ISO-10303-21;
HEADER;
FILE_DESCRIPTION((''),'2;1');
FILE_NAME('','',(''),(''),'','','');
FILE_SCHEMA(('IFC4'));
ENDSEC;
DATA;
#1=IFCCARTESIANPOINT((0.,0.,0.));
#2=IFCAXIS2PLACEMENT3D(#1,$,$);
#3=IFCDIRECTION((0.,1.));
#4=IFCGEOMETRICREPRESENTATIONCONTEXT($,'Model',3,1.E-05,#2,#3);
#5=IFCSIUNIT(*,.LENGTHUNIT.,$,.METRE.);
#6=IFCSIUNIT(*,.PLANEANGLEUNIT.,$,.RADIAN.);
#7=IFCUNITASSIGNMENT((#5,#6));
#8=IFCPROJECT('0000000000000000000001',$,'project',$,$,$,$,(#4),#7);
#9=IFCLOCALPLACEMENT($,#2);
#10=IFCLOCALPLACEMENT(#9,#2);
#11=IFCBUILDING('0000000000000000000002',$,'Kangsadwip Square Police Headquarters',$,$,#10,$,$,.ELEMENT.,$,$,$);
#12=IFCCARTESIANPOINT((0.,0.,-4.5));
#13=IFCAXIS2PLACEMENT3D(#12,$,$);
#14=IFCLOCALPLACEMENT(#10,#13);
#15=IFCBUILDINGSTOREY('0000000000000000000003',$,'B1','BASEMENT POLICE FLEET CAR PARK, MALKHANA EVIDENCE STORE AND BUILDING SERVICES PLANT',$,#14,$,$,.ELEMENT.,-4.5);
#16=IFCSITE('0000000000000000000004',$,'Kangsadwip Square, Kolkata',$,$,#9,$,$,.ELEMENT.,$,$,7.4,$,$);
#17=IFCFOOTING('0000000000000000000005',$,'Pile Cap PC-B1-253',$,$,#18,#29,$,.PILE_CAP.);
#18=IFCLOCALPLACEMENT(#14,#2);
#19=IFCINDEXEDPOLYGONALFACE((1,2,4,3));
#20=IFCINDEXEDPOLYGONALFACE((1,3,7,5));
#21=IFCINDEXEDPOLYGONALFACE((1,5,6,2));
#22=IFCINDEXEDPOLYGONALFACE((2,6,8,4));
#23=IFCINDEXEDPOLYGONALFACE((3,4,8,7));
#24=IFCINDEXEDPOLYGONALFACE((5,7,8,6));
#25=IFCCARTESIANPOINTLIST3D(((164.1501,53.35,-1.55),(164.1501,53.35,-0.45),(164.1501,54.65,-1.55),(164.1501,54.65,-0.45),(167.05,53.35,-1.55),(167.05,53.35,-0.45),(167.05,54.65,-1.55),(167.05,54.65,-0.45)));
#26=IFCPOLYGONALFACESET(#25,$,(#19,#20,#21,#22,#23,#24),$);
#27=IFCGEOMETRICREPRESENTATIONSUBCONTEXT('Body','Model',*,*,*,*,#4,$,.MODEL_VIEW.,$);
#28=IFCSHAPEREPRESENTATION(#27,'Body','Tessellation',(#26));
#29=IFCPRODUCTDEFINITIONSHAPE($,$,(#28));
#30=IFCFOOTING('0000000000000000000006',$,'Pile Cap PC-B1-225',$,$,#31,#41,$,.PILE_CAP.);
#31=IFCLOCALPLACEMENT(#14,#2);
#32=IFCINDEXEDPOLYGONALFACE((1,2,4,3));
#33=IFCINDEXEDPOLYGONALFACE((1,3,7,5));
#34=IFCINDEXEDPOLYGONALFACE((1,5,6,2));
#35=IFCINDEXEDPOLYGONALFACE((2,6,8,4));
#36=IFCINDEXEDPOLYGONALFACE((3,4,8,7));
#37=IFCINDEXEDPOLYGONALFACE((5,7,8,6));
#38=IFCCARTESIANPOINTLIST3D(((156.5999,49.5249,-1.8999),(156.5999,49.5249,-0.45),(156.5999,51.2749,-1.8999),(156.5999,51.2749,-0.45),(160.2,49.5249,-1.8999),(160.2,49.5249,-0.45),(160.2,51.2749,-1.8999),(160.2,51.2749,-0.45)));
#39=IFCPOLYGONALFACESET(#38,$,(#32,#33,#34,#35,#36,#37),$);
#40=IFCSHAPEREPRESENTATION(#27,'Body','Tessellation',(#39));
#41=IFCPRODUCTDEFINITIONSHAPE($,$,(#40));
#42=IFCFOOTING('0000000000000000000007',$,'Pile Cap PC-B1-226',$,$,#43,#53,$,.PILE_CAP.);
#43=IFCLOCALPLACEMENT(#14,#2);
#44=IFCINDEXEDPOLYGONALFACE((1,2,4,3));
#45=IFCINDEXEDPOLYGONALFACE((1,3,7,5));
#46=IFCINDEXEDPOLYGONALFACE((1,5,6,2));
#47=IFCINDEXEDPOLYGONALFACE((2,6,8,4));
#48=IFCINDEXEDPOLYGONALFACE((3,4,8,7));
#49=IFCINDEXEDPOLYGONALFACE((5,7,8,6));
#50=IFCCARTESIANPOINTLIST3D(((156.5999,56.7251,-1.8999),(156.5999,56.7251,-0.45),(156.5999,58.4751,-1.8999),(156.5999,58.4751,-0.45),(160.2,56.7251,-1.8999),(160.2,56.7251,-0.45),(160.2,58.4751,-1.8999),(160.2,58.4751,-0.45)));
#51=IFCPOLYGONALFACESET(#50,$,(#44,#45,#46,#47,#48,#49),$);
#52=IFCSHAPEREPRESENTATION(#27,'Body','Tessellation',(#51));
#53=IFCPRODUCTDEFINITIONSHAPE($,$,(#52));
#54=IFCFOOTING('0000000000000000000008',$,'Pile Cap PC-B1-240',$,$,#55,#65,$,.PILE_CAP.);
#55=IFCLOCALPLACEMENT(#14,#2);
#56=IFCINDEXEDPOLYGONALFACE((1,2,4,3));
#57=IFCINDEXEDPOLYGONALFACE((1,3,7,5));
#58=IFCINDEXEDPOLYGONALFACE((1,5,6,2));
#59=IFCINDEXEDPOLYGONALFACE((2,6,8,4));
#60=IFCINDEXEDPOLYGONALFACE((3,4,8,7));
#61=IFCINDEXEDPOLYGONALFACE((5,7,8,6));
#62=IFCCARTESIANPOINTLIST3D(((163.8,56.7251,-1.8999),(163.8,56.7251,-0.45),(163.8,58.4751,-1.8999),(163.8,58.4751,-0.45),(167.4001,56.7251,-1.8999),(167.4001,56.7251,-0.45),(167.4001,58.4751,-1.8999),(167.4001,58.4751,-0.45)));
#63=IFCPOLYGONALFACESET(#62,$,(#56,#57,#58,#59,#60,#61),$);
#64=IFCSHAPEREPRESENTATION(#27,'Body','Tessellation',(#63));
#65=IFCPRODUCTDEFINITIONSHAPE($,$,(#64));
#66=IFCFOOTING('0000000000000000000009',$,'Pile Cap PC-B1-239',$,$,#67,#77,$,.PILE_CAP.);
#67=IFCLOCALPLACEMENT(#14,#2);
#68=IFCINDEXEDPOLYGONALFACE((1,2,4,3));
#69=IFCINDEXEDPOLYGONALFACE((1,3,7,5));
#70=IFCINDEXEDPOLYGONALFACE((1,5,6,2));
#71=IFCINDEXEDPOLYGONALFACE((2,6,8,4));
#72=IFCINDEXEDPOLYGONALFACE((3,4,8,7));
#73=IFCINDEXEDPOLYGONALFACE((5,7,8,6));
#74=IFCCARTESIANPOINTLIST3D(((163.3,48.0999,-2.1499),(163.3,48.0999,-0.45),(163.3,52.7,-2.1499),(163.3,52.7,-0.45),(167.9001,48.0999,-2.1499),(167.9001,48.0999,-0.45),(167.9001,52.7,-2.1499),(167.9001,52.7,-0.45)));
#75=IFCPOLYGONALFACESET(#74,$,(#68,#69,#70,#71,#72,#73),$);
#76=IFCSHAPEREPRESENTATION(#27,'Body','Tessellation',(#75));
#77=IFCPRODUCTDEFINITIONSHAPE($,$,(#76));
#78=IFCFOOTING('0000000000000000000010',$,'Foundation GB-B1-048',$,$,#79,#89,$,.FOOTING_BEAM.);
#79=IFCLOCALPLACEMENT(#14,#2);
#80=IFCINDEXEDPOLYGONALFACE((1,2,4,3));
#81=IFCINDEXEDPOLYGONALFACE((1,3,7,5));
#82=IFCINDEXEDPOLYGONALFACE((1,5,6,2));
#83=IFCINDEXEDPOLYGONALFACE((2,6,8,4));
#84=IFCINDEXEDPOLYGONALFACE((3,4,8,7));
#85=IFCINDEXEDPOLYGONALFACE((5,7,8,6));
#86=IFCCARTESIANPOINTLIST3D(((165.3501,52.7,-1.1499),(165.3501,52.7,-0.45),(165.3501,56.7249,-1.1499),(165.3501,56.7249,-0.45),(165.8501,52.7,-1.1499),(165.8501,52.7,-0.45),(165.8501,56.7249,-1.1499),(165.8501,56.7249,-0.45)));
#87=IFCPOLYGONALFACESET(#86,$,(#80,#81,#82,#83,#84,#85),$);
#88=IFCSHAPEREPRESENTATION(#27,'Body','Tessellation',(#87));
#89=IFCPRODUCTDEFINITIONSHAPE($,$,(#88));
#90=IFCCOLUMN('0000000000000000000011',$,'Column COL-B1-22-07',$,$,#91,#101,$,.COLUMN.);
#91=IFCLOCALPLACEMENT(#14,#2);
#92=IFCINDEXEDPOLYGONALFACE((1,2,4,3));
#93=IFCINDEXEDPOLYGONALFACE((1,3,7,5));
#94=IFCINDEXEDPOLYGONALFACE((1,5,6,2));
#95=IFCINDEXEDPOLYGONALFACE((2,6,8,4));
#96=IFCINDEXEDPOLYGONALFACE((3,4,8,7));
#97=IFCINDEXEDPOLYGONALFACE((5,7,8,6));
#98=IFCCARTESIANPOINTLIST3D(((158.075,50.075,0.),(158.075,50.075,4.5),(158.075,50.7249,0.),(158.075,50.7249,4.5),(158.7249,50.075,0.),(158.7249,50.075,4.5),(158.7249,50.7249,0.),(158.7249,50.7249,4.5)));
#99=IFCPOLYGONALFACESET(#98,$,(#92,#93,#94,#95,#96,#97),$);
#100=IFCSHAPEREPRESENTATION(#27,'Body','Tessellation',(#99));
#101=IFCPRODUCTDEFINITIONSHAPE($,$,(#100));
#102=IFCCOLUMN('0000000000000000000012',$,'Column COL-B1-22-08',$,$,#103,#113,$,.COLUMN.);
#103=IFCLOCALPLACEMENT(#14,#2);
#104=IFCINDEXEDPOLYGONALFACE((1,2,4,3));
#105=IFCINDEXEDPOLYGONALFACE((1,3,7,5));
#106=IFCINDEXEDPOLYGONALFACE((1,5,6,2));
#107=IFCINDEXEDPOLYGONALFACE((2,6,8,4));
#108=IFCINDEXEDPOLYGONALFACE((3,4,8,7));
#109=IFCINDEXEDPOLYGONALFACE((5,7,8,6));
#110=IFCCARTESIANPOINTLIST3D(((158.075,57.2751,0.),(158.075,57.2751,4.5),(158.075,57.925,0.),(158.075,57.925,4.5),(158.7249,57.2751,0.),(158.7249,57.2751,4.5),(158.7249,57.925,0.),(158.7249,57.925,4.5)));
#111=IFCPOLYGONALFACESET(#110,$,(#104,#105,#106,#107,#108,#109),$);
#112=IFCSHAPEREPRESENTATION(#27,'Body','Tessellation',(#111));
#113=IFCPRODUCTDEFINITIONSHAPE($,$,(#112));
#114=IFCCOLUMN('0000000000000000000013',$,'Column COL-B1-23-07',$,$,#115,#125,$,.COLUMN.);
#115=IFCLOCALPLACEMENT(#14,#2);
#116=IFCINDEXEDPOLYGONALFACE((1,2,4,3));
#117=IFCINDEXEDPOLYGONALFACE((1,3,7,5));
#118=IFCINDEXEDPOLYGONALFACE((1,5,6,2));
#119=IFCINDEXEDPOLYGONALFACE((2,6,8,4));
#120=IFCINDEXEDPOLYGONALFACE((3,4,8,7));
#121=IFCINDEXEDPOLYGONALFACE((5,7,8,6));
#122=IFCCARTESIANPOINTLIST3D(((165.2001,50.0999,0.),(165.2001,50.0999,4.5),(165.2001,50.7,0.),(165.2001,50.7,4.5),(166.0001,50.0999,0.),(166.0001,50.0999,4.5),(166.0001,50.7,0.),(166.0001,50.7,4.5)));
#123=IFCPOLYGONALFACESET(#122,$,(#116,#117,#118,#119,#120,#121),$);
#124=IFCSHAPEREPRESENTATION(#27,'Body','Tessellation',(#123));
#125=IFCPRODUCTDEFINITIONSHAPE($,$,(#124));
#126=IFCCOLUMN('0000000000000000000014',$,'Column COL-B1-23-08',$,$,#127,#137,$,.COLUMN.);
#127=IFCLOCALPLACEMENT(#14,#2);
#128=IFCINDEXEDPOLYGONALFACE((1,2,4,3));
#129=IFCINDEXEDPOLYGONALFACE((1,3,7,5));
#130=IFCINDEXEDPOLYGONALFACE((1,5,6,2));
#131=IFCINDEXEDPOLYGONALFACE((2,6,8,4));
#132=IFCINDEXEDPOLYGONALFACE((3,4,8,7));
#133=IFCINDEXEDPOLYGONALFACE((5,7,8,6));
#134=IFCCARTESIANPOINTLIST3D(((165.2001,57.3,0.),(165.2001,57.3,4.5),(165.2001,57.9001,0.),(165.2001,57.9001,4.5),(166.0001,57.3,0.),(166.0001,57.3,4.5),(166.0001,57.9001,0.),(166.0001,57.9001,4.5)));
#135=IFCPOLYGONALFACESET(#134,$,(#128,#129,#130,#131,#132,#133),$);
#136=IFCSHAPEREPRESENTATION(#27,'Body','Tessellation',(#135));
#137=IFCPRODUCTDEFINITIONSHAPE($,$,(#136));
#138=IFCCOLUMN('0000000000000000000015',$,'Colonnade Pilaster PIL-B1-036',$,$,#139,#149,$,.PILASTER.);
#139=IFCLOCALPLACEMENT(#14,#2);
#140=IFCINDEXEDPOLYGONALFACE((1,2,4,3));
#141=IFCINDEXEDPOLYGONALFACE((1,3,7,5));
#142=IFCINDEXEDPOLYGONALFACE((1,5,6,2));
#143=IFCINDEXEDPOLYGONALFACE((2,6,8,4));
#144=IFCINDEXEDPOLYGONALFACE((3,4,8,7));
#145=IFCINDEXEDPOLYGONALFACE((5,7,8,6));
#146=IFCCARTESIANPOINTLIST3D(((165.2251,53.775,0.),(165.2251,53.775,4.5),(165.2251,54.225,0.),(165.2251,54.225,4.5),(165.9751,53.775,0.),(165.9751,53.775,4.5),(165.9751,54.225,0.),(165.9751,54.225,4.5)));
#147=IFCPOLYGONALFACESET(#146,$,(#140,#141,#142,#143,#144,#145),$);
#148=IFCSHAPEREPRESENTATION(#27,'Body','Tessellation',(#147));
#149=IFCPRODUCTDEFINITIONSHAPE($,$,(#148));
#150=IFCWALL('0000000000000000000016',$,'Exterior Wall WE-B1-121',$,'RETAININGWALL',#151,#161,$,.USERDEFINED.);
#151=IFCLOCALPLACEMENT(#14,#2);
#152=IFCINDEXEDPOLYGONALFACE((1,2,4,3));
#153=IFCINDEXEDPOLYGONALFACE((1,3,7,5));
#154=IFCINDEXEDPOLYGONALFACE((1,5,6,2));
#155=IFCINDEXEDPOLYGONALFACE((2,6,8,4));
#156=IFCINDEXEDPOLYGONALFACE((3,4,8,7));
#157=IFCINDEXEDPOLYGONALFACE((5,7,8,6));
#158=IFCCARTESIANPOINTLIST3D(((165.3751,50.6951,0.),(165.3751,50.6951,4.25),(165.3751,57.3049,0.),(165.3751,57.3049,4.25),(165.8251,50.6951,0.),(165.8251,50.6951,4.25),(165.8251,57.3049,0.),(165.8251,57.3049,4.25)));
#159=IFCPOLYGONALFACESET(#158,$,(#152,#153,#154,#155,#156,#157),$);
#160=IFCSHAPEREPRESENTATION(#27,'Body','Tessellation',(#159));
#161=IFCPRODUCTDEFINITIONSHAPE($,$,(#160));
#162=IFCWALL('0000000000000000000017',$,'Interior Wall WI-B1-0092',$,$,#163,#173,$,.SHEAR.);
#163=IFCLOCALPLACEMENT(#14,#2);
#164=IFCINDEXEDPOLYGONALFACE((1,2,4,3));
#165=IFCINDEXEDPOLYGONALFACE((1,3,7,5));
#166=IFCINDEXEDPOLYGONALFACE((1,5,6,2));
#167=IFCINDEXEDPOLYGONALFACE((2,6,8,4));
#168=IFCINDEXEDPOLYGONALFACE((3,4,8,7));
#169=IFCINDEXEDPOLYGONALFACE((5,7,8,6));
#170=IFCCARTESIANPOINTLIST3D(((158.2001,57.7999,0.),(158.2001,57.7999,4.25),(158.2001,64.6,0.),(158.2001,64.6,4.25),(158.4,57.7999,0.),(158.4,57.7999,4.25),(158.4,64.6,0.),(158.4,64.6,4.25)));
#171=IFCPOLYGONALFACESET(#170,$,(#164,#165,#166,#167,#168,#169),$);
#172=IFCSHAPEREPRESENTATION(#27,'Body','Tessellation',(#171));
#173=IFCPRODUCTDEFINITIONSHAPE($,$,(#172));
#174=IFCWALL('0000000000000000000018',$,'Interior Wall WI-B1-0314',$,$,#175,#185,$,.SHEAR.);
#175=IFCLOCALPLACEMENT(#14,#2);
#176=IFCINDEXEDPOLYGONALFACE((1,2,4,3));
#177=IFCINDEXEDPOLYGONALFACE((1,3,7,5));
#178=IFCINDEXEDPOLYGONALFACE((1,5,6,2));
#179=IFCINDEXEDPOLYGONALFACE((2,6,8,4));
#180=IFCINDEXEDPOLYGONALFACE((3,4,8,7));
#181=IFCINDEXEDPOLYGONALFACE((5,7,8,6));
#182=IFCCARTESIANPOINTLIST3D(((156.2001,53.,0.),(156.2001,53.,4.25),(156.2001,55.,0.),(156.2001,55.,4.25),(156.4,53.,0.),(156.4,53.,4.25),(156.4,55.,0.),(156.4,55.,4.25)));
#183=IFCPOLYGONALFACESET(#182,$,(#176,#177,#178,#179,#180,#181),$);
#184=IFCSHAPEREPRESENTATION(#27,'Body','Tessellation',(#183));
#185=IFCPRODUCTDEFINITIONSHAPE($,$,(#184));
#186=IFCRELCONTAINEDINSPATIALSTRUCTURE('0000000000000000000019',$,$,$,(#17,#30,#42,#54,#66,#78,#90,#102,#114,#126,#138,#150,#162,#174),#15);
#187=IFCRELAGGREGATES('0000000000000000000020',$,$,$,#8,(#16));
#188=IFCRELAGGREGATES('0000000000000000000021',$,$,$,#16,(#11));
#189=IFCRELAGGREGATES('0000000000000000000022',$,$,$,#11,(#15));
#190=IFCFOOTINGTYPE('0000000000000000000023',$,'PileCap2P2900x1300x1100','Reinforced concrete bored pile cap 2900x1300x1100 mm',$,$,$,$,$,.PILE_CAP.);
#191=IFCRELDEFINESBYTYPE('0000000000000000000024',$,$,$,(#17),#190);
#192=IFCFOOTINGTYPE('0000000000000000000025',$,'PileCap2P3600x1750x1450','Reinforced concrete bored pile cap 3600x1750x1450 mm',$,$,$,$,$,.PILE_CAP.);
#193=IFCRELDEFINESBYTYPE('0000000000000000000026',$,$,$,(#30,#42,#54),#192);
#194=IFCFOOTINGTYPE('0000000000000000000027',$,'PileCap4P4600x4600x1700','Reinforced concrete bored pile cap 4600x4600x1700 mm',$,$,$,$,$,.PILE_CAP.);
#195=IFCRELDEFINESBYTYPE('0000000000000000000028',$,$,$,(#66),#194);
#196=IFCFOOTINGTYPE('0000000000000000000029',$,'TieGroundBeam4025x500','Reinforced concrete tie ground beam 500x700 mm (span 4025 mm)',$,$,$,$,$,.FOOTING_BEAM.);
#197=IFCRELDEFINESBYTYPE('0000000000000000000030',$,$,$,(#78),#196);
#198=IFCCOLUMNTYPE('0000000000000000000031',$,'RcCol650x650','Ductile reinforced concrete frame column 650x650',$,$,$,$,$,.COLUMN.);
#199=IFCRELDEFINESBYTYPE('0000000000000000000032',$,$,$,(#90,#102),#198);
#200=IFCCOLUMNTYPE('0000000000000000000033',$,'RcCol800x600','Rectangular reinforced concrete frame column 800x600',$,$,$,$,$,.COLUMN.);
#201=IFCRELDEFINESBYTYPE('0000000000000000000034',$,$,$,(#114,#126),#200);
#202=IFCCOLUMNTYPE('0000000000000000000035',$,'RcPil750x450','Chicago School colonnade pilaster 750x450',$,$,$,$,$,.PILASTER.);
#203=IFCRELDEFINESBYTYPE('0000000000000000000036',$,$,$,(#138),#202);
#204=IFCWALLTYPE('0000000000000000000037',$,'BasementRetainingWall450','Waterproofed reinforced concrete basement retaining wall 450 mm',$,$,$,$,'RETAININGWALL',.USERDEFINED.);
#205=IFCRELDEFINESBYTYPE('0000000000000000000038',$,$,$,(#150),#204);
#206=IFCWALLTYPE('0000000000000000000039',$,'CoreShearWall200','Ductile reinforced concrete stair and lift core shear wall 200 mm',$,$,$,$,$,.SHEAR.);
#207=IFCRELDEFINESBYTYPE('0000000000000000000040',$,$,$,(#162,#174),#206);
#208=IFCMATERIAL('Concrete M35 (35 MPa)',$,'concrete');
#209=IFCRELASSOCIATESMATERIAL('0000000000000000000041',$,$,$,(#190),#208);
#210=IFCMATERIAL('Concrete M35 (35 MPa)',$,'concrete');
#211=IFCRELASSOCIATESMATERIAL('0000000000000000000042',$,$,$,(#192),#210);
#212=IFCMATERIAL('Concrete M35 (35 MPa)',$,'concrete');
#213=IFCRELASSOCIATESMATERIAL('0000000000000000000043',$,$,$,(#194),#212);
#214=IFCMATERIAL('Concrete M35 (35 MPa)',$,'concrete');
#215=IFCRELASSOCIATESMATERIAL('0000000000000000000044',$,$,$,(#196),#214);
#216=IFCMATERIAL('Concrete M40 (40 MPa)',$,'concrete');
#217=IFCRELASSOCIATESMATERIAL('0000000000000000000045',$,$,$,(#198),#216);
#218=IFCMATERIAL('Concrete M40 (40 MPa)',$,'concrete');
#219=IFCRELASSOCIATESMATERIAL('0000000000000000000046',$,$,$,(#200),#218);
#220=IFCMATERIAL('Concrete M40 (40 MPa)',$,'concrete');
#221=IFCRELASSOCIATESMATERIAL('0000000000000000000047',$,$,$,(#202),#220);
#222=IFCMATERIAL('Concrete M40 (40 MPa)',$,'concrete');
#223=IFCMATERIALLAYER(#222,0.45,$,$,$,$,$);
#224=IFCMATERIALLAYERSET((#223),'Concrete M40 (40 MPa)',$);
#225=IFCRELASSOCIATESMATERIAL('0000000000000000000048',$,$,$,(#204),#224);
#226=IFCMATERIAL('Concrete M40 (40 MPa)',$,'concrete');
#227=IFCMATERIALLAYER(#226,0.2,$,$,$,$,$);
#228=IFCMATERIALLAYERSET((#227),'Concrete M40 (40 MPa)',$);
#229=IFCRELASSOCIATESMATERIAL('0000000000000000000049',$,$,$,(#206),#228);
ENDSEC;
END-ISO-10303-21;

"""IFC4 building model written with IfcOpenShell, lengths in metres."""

from ifc_helpers import new_model, si_unit, direction, frame, frame_2d, origin, origin_2d, place, context, subcontext, project, spatial, rectangle, extrude, material, layer, layer_set, material_profile, profile_set, type_object, element, save


model = new_model("IFC4")

# Units and contexts
model_context = context("Model", 3, precision=1e-05, world=origin(), true_north=direction((0.0, 1.0)))
body_context = subcontext(model_context, "Body", "Model", "MODEL_VIEW")
ifc_project = project(units=[si_unit("LENGTHUNIT", "METRE"), si_unit("PLANEANGLEUNIT", "RADIAN")], contexts=[model_context])

# Site, building, storey
site_placement = place(None, origin())
site = spatial("IfcSite", under=ifc_project, at=site_placement, Name="Kangsadwip Square, Kolkata", CompositionType="ELEMENT", RefElevation=7.4)
building_placement = place(site_placement, origin())
building = spatial("IfcBuilding", under=site, at=building_placement, Name="Kangsadwip Square Police Headquarters", CompositionType="ELEMENT")
storey_placement = place(building_placement, frame((0.0, 0.0, -4.5)))
storey = spatial("IfcBuildingStorey", under=building, at=storey_placement, Name="B1", Description="BASEMENT POLICE FLEET CAR PARK, MALKHANA EVIDENCE STORE AND BUILDING SERVICES PLANT", CompositionType="ELEMENT", Elevation=-4.5)

# Footings
ifc_material_1 = material(Name="Concrete M35 (35 MPa)", Category="concrete")
footing_type_1 = type_object("IfcFootingType", Name="PileCap2P2900x1300x1100", Description="Reinforced concrete bored pile cap 2900x1300x1100 mm", PredefinedType="PILE_CAP", material=ifc_material_1)
footing_1_placement = place(storey_placement, frame((165.6001, 54.0, -1.55), z_axis=(0.0, 0.0, 1.0), x_axis=(1.0, 0.0, 0.0)))
element("IfcFooting", 1, at=footing_1_placement, inside=storey, type_object=footing_type_1, Name="Pile Cap PC-B1-253", PredefinedType="PILE_CAP", context=body_context, shape_type="SweptSolid", body=[
    extrude(rectangle(XDim=2.8999, YDim=1.3, at=origin_2d()), origin(), (0.0, 0.0, 1.0), 1.1001),
])
ifc_material_2 = material(Name="Concrete M35 (35 MPa)", Category="concrete")
footing_type_2 = type_object("IfcFootingType", Name="PileCap2P3600x1750x1450", Description="Reinforced concrete bored pile cap 3600x1750x1450 mm", PredefinedType="PILE_CAP", material=ifc_material_2)
for number, where, z_axis, x_axis, name in (
    (2, (158.3999, 50.3999, -1.8999), (0.0, 0.0, 1.0), (1.0, 0.0, 0.0), "Pile Cap PC-B1-225"),
    (3, (158.3999, 57.6001, -1.8999), (0.0, 0.0, 1.0), (1.0, 0.0, 0.0), "Pile Cap PC-B1-226"),
    (4, (165.6001, 57.6001, -1.8999), (0.0, 0.0, 1.0), (1.0, 0.0, 0.0), "Pile Cap PC-B1-240"),
):
    element("IfcFooting", number, at=place(storey_placement, frame(where, z_axis=z_axis, x_axis=x_axis)), inside=storey, type_object=footing_type_2, Name=name, PredefinedType="PILE_CAP", context=body_context, shape_type="SweptSolid", body=[
        extrude(rectangle(XDim=3.6001, YDim=1.75, at=origin_2d()), origin(), (0.0, 0.0, 1.0), 1.45),
    ])
ifc_material_3 = material(Name="Concrete M35 (35 MPa)", Category="concrete")
footing_type_3 = type_object("IfcFootingType", Name="PileCap4P4600x4600x1700", Description="Reinforced concrete bored pile cap 4600x4600x1700 mm", PredefinedType="PILE_CAP", material=ifc_material_3)
footing_2_placement = place(storey_placement, frame((165.6001, 50.3999, -2.1499), z_axis=(0.0, 0.0, 1.0), x_axis=(1.0, 0.0, 0.0)))
element("IfcFooting", 5, at=footing_2_placement, inside=storey, type_object=footing_type_3, Name="Pile Cap PC-B1-239", PredefinedType="PILE_CAP", context=body_context, shape_type="SweptSolid", body=[
    extrude(rectangle(XDim=4.6001, YDim=4.6001, at=origin_2d()), origin(), (0.0, 0.0, 1.0), 1.7),
])
ifc_material_4 = material(Name="Concrete M35 (35 MPa)", Category="concrete")
footing_type_4 = type_object("IfcFootingType", Name="TieGroundBeam4025x500", Description="Reinforced concrete tie ground beam 500x700 mm (span 4025 mm)", PredefinedType="FOOTING_BEAM", material=ifc_material_4)
footing_3_placement = place(storey_placement, frame((165.6001, 54.7124, -1.1499), z_axis=(0.0, 0.0, 1.0), x_axis=(0.0, 1.0, 0.0)))
element("IfcFooting", 6, at=footing_3_placement, inside=storey, type_object=footing_type_4, Name="Foundation GB-B1-048", PredefinedType="FOOTING_BEAM", context=body_context, shape_type="SweptSolid", body=[
    extrude(rectangle(XDim=4.0249, YDim=0.5, at=origin_2d()), origin(), (0.0, 0.0, 1.0), 0.7),
])

# Columns
ifc_material_5 = material(Name="Concrete M40 (40 MPa)", Category="concrete")
ifc_material_profile_1 = material_profile(ifc_material_5, rectangle(XDim=0.6499, YDim=0.6499, at=origin_2d()), Name="RC COL 650X650")
ifc_profile_set_1 = profile_set([ifc_material_profile_1], Name="Concrete M40 (40 MPa)")
column_type_1 = type_object("IfcColumnType", Name="RcCol650x650", Description="Ductile reinforced concrete frame column 650x650", PredefinedType="COLUMN", material=ifc_profile_set_1)
for number, where, z_axis, x_axis, name in (
    (7, (158.3999, 50.3999, 0.0), (0.0, 0.0, 1.0), (1.0, 0.0, 0.0), "Column COL-B1-22-07"),
    (8, (158.3999, 57.6001, 0.0), (0.0, 0.0, 1.0), (1.0, 0.0, 0.0), "Column COL-B1-22-08"),
):
    element("IfcColumn", number, at=place(storey_placement, frame(where, z_axis=z_axis, x_axis=x_axis)), inside=storey, type_object=column_type_1, Name=name, PredefinedType="COLUMN", context=body_context, shape_type="SweptSolid", body=[
        extrude(rectangle(XDim=0.6499, YDim=0.6499, at=origin_2d()), origin(), (0.0, 0.0, 1.0), 4.5),
    ])
ifc_material_6 = material(Name="Concrete M40 (40 MPa)", Category="concrete")
ifc_material_profile_2 = material_profile(ifc_material_6, rectangle(XDim=0.6001, YDim=0.8, at=origin_2d()), Name="RC COL 800X600")
ifc_profile_set_2 = profile_set([ifc_material_profile_2], Name="Concrete M40 (40 MPa)")
column_type_2 = type_object("IfcColumnType", Name="RcCol800x600", Description="Rectangular reinforced concrete frame column 800x600", PredefinedType="COLUMN", material=ifc_profile_set_2)
for number, where, z_axis, x_axis, name in (
    (9, (165.6001, 50.3999, 0.0), (0.0, 0.0, 1.0), (0.0, 1.0, 0.0), "Column COL-B1-23-07"),
    (10, (165.6001, 57.6001, 0.0), (0.0, 0.0, 1.0), (0.0, 1.0, 0.0), "Column COL-B1-23-08"),
):
    element("IfcColumn", number, at=place(storey_placement, frame(where, z_axis=z_axis, x_axis=x_axis)), inside=storey, type_object=column_type_2, Name=name, PredefinedType="COLUMN", context=body_context, shape_type="SweptSolid", body=[
        extrude(rectangle(XDim=0.6001, YDim=0.8, at=origin_2d()), origin(), (0.0, 0.0, 1.0), 4.5),
    ])
ifc_material_7 = material(Name="Concrete M40 (40 MPa)", Category="concrete")
ifc_material_profile_3 = material_profile(ifc_material_7, rectangle(XDim=0.45, YDim=0.75, at=origin_2d()), Name="RC PIL 750X450")
ifc_profile_set_3 = profile_set([ifc_material_profile_3], Name="Concrete M40 (40 MPa)")
column_type_3 = type_object("IfcColumnType", Name="RcPil750x450", Description="Chicago School colonnade pilaster 750x450", PredefinedType="PILASTER", material=ifc_profile_set_3)
column_placement = place(storey_placement, frame((165.6001, 54.0, 0.0), z_axis=(0.0, 0.0, 1.0), x_axis=(0.0, 1.0, 0.0)))
element("IfcColumn", 11, at=column_placement, inside=storey, type_object=column_type_3, Name="Colonnade Pilaster PIL-B1-036", PredefinedType="PILASTER", context=body_context, shape_type="SweptSolid", body=[
    extrude(rectangle(XDim=0.45, YDim=0.75, at=origin_2d()), origin(), (0.0, 0.0, 1.0), 4.5),
])

# Walls
ifc_material_8 = material(Name="Concrete M40 (40 MPa)", Category="concrete")
ifc_layer_1 = layer(ifc_material_8, 0.45)
ifc_layer_set_1 = layer_set([ifc_layer_1], Name="Concrete M40 (40 MPa)")
wall_type_1 = type_object("IfcWallType", Name="BasementRetainingWall450", Description="Waterproofed reinforced concrete basement retaining wall 450 mm", ElementType="RETAININGWALL", PredefinedType="USERDEFINED", material=ifc_layer_set_1)
wall_1_placement = place(storey_placement, frame((165.6001, 50.6951, 0.0), z_axis=(0.0, 0.0, 1.0), x_axis=(0.0, 1.0, 0.0)))
element("IfcWall", 12, at=wall_1_placement, inside=storey, type_object=wall_type_1, Name="Exterior Wall WE-B1-121", ObjectType="RETAININGWALL", PredefinedType="USERDEFINED", context=body_context, shape_type="SweptSolid", body=[
    extrude(rectangle(XDim=6.6099, YDim=0.45, at=frame_2d((3.3049, 0.0))), origin(), (0.0, 0.0, 1.0), 4.25),
])
ifc_material_9 = material(Name="Concrete M40 (40 MPa)", Category="concrete")
ifc_layer_2 = layer(ifc_material_9, 0.2)
ifc_layer_set_2 = layer_set([ifc_layer_2], Name="Concrete M40 (40 MPa)")
wall_type_2 = type_object("IfcWallType", Name="CoreShearWall200", Description="Ductile reinforced concrete stair and lift core shear wall 200 mm", PredefinedType="SHEAR", material=ifc_layer_set_2)
wall_2_placement = place(storey_placement, frame((158.3, 57.8, 0.0), z_axis=(0.0, 0.0, 1.0), x_axis=(0.0, 1.0, 0.0)))
element("IfcWall", 13, at=wall_2_placement, inside=storey, type_object=wall_type_2, Name="Interior Wall WI-B1-0092", PredefinedType="SHEAR", context=body_context, shape_type="SweptSolid", body=[
    extrude(rectangle(XDim=6.8, YDim=0.2, at=frame_2d((3.3999, 0.0))), origin(), (0.0, 0.0, 1.0), 4.25),
])
wall_3_placement = place(storey_placement, frame((156.3, 53.0, 0.0), z_axis=(0.0, 0.0, 1.0), x_axis=(0.0, 1.0, 0.0)))
element("IfcWall", 14, at=wall_3_placement, inside=storey, type_object=wall_type_2, Name="Interior Wall WI-B1-0314", PredefinedType="SHEAR", context=body_context, shape_type="SweptSolid", body=[
    extrude(rectangle(XDim=2.0, YDim=0.2, at=frame_2d((1.0, 0.0))), origin(), (0.0, 0.0, 1.0), 4.25),
])

save(model, "model.ifc")
